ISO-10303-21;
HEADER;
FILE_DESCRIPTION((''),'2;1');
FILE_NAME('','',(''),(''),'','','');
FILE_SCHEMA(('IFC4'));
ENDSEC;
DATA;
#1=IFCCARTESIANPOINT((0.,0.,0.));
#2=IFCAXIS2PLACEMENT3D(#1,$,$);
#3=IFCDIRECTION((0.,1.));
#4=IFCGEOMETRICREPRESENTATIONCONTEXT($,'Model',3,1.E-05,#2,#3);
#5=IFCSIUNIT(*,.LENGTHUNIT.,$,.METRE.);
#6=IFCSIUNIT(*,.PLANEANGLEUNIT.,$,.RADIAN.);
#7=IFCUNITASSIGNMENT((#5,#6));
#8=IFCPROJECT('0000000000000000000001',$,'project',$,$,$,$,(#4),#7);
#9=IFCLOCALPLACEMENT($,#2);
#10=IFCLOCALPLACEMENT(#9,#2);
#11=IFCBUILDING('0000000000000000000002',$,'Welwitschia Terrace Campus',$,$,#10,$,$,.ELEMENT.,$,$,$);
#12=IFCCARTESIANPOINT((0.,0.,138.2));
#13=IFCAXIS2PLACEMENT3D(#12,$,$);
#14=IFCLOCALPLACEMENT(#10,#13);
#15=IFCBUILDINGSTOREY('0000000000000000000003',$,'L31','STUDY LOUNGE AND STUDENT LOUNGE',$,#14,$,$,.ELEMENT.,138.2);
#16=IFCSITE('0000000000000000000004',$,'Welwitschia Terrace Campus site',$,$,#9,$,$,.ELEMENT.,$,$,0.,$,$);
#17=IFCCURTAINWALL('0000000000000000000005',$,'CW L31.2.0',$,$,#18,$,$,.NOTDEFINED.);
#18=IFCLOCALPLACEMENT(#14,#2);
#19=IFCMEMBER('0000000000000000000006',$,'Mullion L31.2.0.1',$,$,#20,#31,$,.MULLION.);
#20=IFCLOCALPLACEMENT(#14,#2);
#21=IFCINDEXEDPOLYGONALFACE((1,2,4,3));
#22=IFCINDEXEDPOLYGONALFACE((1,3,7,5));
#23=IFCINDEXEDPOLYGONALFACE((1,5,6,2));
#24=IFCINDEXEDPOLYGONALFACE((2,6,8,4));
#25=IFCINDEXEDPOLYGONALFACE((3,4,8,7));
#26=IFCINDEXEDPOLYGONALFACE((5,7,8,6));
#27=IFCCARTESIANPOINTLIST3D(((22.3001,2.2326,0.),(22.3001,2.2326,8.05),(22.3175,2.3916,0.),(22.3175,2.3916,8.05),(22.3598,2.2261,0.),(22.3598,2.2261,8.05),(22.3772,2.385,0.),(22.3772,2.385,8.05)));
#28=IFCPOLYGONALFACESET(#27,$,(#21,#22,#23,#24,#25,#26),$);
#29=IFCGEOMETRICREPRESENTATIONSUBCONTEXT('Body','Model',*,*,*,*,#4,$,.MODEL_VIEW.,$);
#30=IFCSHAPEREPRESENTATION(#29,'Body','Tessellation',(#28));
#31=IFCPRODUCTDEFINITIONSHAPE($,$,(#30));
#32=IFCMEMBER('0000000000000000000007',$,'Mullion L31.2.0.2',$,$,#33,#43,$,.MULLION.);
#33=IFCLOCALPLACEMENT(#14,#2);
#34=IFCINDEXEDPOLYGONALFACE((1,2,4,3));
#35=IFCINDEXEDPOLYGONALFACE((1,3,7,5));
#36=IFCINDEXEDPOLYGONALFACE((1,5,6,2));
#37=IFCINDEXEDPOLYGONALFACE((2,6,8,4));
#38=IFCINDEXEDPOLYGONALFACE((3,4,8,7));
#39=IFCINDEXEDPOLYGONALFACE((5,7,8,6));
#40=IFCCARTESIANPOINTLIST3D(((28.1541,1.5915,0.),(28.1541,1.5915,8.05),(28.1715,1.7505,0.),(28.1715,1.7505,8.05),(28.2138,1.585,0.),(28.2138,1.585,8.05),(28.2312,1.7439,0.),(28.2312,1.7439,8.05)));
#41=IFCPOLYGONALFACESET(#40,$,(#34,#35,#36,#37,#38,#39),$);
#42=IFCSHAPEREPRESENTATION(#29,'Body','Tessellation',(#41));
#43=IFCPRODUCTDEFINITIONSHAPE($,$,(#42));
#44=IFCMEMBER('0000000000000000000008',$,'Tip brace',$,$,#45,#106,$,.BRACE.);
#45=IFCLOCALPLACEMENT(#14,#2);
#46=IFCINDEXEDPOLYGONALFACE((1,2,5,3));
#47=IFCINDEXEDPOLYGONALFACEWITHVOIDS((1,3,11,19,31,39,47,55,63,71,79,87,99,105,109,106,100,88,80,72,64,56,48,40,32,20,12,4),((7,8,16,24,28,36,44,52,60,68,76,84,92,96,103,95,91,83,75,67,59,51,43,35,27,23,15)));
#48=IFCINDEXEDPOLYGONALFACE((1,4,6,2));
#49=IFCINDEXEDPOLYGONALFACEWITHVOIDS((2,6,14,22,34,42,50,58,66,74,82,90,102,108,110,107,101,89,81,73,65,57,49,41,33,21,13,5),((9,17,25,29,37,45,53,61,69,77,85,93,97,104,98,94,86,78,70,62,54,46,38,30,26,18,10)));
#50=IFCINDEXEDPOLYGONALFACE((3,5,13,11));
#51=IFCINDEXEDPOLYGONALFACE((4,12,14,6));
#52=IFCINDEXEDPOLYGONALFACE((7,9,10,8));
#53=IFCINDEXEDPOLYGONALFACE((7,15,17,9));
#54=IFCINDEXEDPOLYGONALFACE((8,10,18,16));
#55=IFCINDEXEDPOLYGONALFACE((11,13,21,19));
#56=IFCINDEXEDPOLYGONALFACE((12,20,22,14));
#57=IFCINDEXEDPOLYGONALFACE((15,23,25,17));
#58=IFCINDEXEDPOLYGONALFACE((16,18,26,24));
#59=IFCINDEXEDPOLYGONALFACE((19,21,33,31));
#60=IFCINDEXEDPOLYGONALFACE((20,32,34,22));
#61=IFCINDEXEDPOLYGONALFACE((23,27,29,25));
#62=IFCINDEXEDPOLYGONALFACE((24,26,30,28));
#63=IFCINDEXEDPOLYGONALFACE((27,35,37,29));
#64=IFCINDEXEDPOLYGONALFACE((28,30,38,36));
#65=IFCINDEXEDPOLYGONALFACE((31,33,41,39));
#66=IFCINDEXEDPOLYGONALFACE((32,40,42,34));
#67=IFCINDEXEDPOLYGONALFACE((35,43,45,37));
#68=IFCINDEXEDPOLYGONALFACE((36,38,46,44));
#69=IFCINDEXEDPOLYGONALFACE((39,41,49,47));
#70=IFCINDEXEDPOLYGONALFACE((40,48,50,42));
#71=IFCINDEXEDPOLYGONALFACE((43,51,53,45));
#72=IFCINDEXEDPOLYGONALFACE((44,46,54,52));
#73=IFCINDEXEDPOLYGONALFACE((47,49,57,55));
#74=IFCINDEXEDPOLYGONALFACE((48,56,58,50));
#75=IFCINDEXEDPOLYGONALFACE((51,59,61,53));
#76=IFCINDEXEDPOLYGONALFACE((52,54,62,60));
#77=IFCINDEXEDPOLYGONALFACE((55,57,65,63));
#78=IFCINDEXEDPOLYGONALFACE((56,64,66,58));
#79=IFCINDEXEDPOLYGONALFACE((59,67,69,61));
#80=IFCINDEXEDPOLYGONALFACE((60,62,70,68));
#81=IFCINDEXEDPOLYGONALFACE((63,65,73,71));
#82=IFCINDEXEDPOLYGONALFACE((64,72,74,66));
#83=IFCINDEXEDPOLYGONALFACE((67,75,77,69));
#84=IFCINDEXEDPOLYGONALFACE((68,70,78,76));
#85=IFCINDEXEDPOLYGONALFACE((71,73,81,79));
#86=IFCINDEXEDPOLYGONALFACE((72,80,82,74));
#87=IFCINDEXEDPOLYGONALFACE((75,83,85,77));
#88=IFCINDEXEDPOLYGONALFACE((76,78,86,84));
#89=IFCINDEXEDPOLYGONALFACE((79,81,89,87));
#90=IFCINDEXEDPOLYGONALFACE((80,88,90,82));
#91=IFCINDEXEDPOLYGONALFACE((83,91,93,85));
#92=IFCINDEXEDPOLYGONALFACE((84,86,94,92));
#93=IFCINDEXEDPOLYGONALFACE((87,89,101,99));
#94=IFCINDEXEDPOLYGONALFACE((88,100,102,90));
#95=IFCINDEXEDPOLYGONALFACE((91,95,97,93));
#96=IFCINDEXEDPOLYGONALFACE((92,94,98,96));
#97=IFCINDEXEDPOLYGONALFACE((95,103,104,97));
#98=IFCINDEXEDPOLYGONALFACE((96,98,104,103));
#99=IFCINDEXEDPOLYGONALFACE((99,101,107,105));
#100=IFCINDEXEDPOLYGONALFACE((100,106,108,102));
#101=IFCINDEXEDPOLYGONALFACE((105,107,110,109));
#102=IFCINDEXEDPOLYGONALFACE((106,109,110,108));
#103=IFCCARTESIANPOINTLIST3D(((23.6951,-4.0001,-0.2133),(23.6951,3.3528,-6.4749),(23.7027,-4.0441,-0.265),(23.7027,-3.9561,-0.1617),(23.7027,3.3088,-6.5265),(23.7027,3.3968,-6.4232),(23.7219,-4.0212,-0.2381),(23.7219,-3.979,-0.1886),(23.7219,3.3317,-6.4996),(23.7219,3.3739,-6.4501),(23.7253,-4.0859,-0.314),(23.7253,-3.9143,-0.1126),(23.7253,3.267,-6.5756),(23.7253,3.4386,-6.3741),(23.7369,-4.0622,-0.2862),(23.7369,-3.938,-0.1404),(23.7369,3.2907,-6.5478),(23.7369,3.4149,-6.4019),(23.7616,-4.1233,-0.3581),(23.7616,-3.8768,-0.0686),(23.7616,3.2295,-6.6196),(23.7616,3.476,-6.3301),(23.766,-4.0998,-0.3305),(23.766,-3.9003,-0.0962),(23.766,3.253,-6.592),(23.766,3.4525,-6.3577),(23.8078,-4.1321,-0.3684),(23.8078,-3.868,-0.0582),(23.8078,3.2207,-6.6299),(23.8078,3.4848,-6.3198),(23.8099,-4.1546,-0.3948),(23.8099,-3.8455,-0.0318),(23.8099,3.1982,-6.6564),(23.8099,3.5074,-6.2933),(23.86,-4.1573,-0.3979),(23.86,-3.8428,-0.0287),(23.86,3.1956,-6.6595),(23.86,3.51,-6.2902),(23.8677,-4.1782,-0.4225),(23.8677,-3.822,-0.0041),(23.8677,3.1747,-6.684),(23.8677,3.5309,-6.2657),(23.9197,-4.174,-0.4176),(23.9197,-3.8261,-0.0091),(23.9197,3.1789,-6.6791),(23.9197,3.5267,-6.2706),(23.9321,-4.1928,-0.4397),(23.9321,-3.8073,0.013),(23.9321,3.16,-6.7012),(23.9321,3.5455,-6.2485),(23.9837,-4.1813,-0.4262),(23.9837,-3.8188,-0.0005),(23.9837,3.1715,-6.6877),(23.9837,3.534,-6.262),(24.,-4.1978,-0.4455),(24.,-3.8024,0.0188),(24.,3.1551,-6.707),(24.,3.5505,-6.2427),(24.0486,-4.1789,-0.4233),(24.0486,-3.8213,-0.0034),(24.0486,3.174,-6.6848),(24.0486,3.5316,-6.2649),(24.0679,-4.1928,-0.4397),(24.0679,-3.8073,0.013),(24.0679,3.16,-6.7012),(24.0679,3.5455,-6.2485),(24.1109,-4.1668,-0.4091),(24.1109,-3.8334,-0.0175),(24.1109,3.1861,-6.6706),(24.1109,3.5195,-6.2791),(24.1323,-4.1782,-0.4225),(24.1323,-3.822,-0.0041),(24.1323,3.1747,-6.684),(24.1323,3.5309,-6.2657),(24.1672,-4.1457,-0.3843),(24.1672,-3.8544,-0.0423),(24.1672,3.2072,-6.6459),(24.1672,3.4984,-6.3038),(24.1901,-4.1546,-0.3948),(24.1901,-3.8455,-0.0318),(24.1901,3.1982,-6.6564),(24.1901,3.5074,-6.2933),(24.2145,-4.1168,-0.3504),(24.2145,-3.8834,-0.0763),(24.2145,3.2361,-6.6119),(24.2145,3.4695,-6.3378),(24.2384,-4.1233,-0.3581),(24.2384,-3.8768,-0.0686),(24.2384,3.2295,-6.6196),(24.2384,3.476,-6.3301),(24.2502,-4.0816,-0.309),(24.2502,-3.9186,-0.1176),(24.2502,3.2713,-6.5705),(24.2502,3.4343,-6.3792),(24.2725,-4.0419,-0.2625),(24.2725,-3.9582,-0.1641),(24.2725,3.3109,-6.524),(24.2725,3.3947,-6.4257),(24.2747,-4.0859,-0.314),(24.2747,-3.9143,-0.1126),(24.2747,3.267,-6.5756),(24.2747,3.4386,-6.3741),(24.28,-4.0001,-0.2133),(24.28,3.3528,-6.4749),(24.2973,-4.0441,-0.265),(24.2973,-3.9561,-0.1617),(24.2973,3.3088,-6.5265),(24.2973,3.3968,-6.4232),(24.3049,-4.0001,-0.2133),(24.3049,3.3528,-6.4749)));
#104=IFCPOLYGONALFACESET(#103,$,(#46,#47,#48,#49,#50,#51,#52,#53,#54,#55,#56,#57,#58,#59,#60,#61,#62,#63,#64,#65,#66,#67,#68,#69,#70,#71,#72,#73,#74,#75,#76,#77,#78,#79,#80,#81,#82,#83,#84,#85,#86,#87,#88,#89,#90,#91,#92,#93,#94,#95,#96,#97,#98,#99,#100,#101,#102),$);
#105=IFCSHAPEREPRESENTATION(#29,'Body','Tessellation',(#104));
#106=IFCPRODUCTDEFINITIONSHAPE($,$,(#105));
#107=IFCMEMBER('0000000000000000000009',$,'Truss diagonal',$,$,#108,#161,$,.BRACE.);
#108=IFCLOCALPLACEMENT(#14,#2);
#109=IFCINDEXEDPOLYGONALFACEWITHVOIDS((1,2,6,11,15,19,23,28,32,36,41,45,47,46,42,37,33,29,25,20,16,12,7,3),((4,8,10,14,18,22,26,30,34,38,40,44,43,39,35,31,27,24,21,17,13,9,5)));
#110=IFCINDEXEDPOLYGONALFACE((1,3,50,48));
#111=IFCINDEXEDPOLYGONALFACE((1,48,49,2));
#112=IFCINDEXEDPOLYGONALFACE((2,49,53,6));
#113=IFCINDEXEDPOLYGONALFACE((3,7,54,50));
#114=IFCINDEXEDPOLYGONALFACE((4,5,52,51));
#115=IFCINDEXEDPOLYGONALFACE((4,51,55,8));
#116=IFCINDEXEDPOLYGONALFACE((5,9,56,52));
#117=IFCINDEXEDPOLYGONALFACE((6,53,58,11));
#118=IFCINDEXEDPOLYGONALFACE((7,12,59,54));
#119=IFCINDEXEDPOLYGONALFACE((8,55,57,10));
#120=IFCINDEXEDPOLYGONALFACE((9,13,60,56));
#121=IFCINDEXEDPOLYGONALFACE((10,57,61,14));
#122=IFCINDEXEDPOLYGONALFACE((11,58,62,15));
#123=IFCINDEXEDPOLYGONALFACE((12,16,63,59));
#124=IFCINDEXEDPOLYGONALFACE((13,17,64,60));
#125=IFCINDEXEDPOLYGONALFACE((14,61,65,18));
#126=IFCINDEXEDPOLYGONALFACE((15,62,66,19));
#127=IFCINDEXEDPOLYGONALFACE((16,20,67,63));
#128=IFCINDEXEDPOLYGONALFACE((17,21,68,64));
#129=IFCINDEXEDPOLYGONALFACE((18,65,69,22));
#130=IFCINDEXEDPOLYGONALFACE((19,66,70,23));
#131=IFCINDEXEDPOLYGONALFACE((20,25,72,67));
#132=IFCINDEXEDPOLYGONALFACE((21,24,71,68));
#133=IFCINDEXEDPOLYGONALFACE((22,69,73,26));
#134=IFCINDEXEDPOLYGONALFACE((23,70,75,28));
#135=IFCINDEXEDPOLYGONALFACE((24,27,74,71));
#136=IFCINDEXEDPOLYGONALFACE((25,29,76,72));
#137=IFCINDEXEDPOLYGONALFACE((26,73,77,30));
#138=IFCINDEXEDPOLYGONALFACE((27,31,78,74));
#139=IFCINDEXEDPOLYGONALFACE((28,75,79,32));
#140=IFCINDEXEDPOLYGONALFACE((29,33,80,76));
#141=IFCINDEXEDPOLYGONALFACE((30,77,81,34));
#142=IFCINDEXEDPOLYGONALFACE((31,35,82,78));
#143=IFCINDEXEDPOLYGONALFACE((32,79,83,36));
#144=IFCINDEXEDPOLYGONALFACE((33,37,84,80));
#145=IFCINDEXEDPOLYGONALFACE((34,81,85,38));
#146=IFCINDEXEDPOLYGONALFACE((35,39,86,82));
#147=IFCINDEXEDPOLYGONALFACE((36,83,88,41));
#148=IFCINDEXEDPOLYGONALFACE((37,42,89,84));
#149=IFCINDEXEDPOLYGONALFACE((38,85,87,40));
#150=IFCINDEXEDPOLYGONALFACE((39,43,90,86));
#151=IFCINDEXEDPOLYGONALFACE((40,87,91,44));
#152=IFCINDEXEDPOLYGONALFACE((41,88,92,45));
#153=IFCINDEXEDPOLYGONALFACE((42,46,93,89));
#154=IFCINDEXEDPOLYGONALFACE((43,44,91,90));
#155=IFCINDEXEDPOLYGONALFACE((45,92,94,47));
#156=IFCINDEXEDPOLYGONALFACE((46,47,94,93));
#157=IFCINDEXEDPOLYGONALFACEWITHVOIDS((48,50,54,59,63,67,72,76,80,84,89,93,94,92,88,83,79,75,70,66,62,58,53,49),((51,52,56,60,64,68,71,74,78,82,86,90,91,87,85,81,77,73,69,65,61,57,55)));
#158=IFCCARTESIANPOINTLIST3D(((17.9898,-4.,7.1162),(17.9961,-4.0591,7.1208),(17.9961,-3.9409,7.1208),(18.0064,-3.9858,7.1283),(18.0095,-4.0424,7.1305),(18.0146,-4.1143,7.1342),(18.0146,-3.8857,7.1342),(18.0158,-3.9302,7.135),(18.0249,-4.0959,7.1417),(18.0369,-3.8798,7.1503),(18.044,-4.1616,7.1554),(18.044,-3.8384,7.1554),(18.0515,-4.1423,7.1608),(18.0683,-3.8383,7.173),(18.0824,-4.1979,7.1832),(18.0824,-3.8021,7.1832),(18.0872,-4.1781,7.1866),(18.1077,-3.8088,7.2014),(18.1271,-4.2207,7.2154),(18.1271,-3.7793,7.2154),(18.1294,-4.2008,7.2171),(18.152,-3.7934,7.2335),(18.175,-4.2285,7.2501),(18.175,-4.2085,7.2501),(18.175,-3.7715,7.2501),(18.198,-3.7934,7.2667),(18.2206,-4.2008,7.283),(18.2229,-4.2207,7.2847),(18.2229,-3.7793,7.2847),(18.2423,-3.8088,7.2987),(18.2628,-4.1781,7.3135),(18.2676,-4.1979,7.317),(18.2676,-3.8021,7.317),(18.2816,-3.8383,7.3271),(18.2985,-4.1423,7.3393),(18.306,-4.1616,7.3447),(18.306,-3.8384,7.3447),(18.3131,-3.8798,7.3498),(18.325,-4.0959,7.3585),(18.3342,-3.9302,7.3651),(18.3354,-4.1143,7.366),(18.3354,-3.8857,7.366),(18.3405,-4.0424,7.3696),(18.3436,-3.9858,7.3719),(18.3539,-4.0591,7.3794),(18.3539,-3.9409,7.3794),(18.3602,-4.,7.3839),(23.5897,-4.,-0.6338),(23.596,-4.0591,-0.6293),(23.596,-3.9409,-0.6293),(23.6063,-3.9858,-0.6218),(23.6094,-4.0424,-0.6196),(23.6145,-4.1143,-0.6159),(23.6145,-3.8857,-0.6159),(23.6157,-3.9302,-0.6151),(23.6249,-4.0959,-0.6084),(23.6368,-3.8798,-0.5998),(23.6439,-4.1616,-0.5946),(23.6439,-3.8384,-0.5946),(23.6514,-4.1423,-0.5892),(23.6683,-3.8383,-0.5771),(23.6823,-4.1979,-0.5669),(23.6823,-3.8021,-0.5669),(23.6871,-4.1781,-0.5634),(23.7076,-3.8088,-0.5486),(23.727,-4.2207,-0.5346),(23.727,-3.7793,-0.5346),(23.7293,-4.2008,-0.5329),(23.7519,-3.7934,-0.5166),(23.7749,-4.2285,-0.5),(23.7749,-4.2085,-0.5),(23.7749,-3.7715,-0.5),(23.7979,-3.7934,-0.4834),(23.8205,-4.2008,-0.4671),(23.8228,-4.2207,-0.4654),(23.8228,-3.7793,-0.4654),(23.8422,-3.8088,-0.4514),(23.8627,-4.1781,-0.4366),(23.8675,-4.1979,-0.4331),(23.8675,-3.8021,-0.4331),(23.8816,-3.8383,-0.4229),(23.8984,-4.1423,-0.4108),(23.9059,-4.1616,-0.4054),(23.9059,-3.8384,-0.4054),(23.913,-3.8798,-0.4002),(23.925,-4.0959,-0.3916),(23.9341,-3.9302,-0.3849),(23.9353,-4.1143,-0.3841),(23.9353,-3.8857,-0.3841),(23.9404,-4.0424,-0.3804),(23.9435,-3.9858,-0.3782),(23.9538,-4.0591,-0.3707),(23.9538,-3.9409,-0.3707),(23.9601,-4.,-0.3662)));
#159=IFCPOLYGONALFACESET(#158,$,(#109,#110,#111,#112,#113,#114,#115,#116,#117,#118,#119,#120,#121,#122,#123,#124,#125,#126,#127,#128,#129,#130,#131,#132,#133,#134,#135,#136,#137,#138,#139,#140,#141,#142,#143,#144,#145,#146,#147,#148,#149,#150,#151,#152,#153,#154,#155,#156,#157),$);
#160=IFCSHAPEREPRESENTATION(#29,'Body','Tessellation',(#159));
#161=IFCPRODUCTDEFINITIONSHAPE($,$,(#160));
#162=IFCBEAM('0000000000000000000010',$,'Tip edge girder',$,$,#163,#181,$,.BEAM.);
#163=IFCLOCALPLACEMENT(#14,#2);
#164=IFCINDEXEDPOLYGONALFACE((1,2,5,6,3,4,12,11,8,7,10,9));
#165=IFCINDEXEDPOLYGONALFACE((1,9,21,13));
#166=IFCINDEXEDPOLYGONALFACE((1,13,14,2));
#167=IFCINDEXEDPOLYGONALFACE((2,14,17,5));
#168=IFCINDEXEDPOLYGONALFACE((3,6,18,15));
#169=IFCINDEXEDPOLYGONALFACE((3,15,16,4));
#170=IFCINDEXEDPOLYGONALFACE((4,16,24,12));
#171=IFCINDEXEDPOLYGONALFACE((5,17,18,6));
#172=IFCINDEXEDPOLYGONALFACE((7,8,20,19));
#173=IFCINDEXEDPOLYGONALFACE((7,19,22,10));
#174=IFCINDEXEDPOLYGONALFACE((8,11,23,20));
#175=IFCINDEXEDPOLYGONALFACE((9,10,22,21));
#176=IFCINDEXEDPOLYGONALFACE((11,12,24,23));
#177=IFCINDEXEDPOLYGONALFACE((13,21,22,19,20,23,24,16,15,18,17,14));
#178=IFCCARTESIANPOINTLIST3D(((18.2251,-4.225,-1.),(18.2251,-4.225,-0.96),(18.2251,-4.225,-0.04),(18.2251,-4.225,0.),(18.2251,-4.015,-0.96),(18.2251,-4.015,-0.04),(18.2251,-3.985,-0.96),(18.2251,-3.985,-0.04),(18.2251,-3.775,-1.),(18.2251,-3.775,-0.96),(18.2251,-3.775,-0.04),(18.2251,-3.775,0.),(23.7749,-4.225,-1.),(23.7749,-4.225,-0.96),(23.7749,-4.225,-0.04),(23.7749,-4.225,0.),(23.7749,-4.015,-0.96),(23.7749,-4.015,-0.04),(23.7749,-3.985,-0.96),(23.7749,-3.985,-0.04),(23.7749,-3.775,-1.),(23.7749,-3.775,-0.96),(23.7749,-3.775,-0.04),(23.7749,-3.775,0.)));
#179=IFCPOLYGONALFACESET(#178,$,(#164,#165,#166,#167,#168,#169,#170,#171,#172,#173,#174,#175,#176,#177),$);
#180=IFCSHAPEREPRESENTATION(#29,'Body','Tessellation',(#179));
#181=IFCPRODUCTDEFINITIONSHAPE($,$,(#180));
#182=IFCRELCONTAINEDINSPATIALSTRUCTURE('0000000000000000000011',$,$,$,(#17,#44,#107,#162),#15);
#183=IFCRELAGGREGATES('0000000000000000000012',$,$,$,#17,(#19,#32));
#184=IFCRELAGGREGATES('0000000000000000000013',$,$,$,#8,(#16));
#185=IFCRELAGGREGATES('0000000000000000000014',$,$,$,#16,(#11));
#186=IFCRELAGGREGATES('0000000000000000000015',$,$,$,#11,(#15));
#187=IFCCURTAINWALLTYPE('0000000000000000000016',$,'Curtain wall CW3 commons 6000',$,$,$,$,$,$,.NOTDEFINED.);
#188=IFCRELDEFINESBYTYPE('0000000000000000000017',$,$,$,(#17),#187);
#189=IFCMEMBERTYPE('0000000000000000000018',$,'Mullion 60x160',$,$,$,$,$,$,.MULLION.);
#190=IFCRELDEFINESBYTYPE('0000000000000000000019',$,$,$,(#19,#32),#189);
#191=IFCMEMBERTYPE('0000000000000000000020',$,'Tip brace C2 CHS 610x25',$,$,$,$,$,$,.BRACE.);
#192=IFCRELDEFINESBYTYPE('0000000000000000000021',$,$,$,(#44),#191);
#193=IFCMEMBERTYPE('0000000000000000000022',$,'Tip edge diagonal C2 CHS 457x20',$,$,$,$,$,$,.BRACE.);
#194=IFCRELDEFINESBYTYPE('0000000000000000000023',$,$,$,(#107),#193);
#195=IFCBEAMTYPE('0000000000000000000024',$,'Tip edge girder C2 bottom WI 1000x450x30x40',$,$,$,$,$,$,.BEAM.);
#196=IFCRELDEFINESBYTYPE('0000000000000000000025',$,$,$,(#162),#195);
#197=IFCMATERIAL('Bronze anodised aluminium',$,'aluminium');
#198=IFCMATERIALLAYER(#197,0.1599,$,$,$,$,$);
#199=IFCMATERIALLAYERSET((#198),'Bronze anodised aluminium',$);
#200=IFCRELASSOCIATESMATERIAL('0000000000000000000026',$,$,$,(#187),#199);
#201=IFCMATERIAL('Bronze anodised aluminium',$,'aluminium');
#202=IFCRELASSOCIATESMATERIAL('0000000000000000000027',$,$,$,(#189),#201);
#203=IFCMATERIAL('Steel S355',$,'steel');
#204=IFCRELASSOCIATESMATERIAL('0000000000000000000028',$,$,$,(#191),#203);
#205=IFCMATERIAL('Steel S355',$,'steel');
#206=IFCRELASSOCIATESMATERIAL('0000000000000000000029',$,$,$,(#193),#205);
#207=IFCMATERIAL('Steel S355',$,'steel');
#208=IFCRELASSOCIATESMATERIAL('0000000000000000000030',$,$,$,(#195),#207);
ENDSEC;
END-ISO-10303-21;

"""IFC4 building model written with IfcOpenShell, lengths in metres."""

from ifc_helpers import new_model, si_unit, direction, frame, origin, origin_2d, place, context, subcontext, project, spatial, rectangle, hollow_circle, i_section, extrude, material, layer, layer_set, material_profile, profile_set, type_object, element, aggregate, save


model = new_model("IFC4")

# Units and contexts
model_context = context("Model", 3, precision=1e-05, world=origin(), true_north=direction((0.0, 1.0)))
body_context = subcontext(model_context, "Body", "Model", "MODEL_VIEW")
ifc_project = project(units=[si_unit("LENGTHUNIT", "METRE"), si_unit("PLANEANGLEUNIT", "RADIAN")], contexts=[model_context])

# Site, building, storey
site_placement = place(None, origin())
site = spatial("IfcSite", under=ifc_project, at=site_placement, Name="Welwitschia Terrace Campus site", CompositionType="ELEMENT", RefElevation=0.0)
building_placement = place(site_placement, origin())
building = spatial("IfcBuilding", under=site, at=building_placement, Name="Welwitschia Terrace Campus", CompositionType="ELEMENT")
storey_placement = place(building_placement, frame((0.0, 0.0, 138.2)))
storey = spatial("IfcBuildingStorey", under=building, at=storey_placement, Name="L31", Description="STUDY LOUNGE AND STUDENT LOUNGE", CompositionType="ELEMENT", Elevation=138.2)

# Curtain wall, members
ifc_material_1 = material(Name="Bronze anodised aluminium", Category="aluminium")
ifc_layer_1 = layer(ifc_material_1, 0.1599)
ifc_layer_set_1 = layer_set([ifc_layer_1], Name="Bronze anodised aluminium")
curtain_wall_type = type_object("IfcCurtainWallType", Name="Curtain wall CW3 commons 6000", PredefinedType="NOTDEFINED", material=ifc_layer_set_1)
curtain_wall_placement = place(storey_placement, origin())
curtain_wall = element("IfcCurtainWall", 1, at=curtain_wall_placement, inside=storey, type_object=curtain_wall_type, Name="CW L31.2.0", PredefinedType="NOTDEFINED")
ifc_material_2 = material(Name="Bronze anodised aluminium", Category="aluminium")
ifc_material_profile_1 = material_profile(ifc_material_2, rectangle(XDim=0.1599, YDim=0.0601, at=origin_2d()))
ifc_profile_set_1 = profile_set([ifc_material_profile_1], Name="Bronze anodised aluminium")
member_type_1 = type_object("IfcMemberType", Name="Mullion 60x160", PredefinedType="MULLION", material=ifc_profile_set_1)
member_1_placement = place(storey_placement, frame((22.3386, 2.3088, 0.0), z_axis=(0.0, 0.0, 1.0), x_axis=(0.108867, 0.994056, 0.0)))
member_1 = element("IfcMember", 2, at=member_1_placement, type_object=member_type_1, Name="Mullion L31.2.0.1", PredefinedType="MULLION", context=body_context, shape_type="SweptSolid", body=[
    extrude(rectangle(XDim=0.1599, YDim=0.0601, at=origin_2d()), origin(), (0.0, 0.0, 1.0), 8.05),
])
member_2_placement = place(storey_placement, frame((28.1926, 1.6677, 0.0), z_axis=(0.0, 0.0, 1.0), x_axis=(0.108867, 0.994056, 0.0)))
member_2 = element("IfcMember", 3, at=member_2_placement, type_object=member_type_1, Name="Mullion L31.2.0.2", PredefinedType="MULLION", context=body_context, shape_type="SweptSolid", body=[
    extrude(rectangle(XDim=0.1599, YDim=0.0601, at=origin_2d()), origin(), (0.0, 0.0, 1.0), 8.05),
])

# Members
ifc_material_3 = material(Name="Steel S355", Category="steel")
ifc_material_profile_2 = material_profile(ifc_material_3, hollow_circle(Radius=0.3049, WallThickness=0.0249, at=origin_2d()))
ifc_profile_set_2 = profile_set([ifc_material_profile_2], Name="Steel S355")
member_type_2 = type_object("IfcMemberType", Name="Tip brace C2 CHS 610x25", PredefinedType="BRACE", material=ifc_profile_set_2)
member_3_placement = place(storey_placement, frame((24.0, 3.3528, -6.4749), z_axis=(0.0, -0.761346, 0.648346), x_axis=(1.0, 0.0, 0.0)))
element("IfcMember", 4, at=member_3_placement, inside=storey, type_object=member_type_2, Name="Tip brace", PredefinedType="BRACE", context=body_context, shape_type="SweptSolid", body=[
    extrude(hollow_circle(Radius=0.3049, WallThickness=0.0249, at=origin_2d()), origin(), (0.0, 0.0, 1.0), 9.6577),
])
ifc_material_4 = material(Name="Steel S355", Category="steel")
ifc_material_profile_3 = material_profile(ifc_material_4, hollow_circle(Radius=0.2285, WallThickness=0.02, at=origin_2d()))
ifc_profile_set_3 = profile_set([ifc_material_profile_3], Name="Steel S355")
member_type_3 = type_object("IfcMemberType", Name="Tip edge diagonal C2 CHS 457x20", PredefinedType="BRACE", material=ifc_profile_set_3)
member_4_placement = place(storey_placement, frame((23.7749, -4.0, -0.5), z_axis=(-0.585671, 0.0, 0.810549), x_axis=(0.0, -1.0, 0.0)))
element("IfcMember", 5, at=member_4_placement, inside=storey, type_object=member_type_3, Name="Truss diagonal", PredefinedType="BRACE", context=body_context, shape_type="SweptSolid", body=[
    extrude(hollow_circle(Radius=0.2285, WallThickness=0.02, at=origin_2d()), origin(), (0.0, 0.0, 1.0), 9.5615),
])

# Beam
ifc_material_5 = material(Name="Steel S355", Category="steel")
ifc_material_profile_4 = material_profile(ifc_material_5, i_section(OverallWidth=0.45, OverallDepth=1.0, WebThickness=0.03, FlangeThickness=0.04, at=origin_2d()))
ifc_profile_set_4 = profile_set([ifc_material_profile_4], Name="Steel S355")
beam_type_1 = type_object("IfcBeamType", Name="Tip edge girder C2 bottom WI 1000x450x30x40", PredefinedType="BEAM", material=ifc_profile_set_4)
beam_1_placement = place(storey_placement, frame((18.2251, -4.0, -0.5), z_axis=(1.0, 0.0, 0.0), x_axis=(0.0, 1.0, 0.0)))
element("IfcBeam", 6, at=beam_1_placement, inside=storey, type_object=beam_type_1, Name="Tip edge girder", PredefinedType="BEAM", context=body_context, shape_type="SweptSolid", body=[
    extrude(i_section(OverallWidth=0.45, OverallDepth=1.0, WebThickness=0.03, FlangeThickness=0.04, at=origin_2d()), origin(), (0.0, 0.0, 1.0), 5.5498),
])

aggregate(curtain_wall, [member_1, member_2])

save(model, "model.ifc")
